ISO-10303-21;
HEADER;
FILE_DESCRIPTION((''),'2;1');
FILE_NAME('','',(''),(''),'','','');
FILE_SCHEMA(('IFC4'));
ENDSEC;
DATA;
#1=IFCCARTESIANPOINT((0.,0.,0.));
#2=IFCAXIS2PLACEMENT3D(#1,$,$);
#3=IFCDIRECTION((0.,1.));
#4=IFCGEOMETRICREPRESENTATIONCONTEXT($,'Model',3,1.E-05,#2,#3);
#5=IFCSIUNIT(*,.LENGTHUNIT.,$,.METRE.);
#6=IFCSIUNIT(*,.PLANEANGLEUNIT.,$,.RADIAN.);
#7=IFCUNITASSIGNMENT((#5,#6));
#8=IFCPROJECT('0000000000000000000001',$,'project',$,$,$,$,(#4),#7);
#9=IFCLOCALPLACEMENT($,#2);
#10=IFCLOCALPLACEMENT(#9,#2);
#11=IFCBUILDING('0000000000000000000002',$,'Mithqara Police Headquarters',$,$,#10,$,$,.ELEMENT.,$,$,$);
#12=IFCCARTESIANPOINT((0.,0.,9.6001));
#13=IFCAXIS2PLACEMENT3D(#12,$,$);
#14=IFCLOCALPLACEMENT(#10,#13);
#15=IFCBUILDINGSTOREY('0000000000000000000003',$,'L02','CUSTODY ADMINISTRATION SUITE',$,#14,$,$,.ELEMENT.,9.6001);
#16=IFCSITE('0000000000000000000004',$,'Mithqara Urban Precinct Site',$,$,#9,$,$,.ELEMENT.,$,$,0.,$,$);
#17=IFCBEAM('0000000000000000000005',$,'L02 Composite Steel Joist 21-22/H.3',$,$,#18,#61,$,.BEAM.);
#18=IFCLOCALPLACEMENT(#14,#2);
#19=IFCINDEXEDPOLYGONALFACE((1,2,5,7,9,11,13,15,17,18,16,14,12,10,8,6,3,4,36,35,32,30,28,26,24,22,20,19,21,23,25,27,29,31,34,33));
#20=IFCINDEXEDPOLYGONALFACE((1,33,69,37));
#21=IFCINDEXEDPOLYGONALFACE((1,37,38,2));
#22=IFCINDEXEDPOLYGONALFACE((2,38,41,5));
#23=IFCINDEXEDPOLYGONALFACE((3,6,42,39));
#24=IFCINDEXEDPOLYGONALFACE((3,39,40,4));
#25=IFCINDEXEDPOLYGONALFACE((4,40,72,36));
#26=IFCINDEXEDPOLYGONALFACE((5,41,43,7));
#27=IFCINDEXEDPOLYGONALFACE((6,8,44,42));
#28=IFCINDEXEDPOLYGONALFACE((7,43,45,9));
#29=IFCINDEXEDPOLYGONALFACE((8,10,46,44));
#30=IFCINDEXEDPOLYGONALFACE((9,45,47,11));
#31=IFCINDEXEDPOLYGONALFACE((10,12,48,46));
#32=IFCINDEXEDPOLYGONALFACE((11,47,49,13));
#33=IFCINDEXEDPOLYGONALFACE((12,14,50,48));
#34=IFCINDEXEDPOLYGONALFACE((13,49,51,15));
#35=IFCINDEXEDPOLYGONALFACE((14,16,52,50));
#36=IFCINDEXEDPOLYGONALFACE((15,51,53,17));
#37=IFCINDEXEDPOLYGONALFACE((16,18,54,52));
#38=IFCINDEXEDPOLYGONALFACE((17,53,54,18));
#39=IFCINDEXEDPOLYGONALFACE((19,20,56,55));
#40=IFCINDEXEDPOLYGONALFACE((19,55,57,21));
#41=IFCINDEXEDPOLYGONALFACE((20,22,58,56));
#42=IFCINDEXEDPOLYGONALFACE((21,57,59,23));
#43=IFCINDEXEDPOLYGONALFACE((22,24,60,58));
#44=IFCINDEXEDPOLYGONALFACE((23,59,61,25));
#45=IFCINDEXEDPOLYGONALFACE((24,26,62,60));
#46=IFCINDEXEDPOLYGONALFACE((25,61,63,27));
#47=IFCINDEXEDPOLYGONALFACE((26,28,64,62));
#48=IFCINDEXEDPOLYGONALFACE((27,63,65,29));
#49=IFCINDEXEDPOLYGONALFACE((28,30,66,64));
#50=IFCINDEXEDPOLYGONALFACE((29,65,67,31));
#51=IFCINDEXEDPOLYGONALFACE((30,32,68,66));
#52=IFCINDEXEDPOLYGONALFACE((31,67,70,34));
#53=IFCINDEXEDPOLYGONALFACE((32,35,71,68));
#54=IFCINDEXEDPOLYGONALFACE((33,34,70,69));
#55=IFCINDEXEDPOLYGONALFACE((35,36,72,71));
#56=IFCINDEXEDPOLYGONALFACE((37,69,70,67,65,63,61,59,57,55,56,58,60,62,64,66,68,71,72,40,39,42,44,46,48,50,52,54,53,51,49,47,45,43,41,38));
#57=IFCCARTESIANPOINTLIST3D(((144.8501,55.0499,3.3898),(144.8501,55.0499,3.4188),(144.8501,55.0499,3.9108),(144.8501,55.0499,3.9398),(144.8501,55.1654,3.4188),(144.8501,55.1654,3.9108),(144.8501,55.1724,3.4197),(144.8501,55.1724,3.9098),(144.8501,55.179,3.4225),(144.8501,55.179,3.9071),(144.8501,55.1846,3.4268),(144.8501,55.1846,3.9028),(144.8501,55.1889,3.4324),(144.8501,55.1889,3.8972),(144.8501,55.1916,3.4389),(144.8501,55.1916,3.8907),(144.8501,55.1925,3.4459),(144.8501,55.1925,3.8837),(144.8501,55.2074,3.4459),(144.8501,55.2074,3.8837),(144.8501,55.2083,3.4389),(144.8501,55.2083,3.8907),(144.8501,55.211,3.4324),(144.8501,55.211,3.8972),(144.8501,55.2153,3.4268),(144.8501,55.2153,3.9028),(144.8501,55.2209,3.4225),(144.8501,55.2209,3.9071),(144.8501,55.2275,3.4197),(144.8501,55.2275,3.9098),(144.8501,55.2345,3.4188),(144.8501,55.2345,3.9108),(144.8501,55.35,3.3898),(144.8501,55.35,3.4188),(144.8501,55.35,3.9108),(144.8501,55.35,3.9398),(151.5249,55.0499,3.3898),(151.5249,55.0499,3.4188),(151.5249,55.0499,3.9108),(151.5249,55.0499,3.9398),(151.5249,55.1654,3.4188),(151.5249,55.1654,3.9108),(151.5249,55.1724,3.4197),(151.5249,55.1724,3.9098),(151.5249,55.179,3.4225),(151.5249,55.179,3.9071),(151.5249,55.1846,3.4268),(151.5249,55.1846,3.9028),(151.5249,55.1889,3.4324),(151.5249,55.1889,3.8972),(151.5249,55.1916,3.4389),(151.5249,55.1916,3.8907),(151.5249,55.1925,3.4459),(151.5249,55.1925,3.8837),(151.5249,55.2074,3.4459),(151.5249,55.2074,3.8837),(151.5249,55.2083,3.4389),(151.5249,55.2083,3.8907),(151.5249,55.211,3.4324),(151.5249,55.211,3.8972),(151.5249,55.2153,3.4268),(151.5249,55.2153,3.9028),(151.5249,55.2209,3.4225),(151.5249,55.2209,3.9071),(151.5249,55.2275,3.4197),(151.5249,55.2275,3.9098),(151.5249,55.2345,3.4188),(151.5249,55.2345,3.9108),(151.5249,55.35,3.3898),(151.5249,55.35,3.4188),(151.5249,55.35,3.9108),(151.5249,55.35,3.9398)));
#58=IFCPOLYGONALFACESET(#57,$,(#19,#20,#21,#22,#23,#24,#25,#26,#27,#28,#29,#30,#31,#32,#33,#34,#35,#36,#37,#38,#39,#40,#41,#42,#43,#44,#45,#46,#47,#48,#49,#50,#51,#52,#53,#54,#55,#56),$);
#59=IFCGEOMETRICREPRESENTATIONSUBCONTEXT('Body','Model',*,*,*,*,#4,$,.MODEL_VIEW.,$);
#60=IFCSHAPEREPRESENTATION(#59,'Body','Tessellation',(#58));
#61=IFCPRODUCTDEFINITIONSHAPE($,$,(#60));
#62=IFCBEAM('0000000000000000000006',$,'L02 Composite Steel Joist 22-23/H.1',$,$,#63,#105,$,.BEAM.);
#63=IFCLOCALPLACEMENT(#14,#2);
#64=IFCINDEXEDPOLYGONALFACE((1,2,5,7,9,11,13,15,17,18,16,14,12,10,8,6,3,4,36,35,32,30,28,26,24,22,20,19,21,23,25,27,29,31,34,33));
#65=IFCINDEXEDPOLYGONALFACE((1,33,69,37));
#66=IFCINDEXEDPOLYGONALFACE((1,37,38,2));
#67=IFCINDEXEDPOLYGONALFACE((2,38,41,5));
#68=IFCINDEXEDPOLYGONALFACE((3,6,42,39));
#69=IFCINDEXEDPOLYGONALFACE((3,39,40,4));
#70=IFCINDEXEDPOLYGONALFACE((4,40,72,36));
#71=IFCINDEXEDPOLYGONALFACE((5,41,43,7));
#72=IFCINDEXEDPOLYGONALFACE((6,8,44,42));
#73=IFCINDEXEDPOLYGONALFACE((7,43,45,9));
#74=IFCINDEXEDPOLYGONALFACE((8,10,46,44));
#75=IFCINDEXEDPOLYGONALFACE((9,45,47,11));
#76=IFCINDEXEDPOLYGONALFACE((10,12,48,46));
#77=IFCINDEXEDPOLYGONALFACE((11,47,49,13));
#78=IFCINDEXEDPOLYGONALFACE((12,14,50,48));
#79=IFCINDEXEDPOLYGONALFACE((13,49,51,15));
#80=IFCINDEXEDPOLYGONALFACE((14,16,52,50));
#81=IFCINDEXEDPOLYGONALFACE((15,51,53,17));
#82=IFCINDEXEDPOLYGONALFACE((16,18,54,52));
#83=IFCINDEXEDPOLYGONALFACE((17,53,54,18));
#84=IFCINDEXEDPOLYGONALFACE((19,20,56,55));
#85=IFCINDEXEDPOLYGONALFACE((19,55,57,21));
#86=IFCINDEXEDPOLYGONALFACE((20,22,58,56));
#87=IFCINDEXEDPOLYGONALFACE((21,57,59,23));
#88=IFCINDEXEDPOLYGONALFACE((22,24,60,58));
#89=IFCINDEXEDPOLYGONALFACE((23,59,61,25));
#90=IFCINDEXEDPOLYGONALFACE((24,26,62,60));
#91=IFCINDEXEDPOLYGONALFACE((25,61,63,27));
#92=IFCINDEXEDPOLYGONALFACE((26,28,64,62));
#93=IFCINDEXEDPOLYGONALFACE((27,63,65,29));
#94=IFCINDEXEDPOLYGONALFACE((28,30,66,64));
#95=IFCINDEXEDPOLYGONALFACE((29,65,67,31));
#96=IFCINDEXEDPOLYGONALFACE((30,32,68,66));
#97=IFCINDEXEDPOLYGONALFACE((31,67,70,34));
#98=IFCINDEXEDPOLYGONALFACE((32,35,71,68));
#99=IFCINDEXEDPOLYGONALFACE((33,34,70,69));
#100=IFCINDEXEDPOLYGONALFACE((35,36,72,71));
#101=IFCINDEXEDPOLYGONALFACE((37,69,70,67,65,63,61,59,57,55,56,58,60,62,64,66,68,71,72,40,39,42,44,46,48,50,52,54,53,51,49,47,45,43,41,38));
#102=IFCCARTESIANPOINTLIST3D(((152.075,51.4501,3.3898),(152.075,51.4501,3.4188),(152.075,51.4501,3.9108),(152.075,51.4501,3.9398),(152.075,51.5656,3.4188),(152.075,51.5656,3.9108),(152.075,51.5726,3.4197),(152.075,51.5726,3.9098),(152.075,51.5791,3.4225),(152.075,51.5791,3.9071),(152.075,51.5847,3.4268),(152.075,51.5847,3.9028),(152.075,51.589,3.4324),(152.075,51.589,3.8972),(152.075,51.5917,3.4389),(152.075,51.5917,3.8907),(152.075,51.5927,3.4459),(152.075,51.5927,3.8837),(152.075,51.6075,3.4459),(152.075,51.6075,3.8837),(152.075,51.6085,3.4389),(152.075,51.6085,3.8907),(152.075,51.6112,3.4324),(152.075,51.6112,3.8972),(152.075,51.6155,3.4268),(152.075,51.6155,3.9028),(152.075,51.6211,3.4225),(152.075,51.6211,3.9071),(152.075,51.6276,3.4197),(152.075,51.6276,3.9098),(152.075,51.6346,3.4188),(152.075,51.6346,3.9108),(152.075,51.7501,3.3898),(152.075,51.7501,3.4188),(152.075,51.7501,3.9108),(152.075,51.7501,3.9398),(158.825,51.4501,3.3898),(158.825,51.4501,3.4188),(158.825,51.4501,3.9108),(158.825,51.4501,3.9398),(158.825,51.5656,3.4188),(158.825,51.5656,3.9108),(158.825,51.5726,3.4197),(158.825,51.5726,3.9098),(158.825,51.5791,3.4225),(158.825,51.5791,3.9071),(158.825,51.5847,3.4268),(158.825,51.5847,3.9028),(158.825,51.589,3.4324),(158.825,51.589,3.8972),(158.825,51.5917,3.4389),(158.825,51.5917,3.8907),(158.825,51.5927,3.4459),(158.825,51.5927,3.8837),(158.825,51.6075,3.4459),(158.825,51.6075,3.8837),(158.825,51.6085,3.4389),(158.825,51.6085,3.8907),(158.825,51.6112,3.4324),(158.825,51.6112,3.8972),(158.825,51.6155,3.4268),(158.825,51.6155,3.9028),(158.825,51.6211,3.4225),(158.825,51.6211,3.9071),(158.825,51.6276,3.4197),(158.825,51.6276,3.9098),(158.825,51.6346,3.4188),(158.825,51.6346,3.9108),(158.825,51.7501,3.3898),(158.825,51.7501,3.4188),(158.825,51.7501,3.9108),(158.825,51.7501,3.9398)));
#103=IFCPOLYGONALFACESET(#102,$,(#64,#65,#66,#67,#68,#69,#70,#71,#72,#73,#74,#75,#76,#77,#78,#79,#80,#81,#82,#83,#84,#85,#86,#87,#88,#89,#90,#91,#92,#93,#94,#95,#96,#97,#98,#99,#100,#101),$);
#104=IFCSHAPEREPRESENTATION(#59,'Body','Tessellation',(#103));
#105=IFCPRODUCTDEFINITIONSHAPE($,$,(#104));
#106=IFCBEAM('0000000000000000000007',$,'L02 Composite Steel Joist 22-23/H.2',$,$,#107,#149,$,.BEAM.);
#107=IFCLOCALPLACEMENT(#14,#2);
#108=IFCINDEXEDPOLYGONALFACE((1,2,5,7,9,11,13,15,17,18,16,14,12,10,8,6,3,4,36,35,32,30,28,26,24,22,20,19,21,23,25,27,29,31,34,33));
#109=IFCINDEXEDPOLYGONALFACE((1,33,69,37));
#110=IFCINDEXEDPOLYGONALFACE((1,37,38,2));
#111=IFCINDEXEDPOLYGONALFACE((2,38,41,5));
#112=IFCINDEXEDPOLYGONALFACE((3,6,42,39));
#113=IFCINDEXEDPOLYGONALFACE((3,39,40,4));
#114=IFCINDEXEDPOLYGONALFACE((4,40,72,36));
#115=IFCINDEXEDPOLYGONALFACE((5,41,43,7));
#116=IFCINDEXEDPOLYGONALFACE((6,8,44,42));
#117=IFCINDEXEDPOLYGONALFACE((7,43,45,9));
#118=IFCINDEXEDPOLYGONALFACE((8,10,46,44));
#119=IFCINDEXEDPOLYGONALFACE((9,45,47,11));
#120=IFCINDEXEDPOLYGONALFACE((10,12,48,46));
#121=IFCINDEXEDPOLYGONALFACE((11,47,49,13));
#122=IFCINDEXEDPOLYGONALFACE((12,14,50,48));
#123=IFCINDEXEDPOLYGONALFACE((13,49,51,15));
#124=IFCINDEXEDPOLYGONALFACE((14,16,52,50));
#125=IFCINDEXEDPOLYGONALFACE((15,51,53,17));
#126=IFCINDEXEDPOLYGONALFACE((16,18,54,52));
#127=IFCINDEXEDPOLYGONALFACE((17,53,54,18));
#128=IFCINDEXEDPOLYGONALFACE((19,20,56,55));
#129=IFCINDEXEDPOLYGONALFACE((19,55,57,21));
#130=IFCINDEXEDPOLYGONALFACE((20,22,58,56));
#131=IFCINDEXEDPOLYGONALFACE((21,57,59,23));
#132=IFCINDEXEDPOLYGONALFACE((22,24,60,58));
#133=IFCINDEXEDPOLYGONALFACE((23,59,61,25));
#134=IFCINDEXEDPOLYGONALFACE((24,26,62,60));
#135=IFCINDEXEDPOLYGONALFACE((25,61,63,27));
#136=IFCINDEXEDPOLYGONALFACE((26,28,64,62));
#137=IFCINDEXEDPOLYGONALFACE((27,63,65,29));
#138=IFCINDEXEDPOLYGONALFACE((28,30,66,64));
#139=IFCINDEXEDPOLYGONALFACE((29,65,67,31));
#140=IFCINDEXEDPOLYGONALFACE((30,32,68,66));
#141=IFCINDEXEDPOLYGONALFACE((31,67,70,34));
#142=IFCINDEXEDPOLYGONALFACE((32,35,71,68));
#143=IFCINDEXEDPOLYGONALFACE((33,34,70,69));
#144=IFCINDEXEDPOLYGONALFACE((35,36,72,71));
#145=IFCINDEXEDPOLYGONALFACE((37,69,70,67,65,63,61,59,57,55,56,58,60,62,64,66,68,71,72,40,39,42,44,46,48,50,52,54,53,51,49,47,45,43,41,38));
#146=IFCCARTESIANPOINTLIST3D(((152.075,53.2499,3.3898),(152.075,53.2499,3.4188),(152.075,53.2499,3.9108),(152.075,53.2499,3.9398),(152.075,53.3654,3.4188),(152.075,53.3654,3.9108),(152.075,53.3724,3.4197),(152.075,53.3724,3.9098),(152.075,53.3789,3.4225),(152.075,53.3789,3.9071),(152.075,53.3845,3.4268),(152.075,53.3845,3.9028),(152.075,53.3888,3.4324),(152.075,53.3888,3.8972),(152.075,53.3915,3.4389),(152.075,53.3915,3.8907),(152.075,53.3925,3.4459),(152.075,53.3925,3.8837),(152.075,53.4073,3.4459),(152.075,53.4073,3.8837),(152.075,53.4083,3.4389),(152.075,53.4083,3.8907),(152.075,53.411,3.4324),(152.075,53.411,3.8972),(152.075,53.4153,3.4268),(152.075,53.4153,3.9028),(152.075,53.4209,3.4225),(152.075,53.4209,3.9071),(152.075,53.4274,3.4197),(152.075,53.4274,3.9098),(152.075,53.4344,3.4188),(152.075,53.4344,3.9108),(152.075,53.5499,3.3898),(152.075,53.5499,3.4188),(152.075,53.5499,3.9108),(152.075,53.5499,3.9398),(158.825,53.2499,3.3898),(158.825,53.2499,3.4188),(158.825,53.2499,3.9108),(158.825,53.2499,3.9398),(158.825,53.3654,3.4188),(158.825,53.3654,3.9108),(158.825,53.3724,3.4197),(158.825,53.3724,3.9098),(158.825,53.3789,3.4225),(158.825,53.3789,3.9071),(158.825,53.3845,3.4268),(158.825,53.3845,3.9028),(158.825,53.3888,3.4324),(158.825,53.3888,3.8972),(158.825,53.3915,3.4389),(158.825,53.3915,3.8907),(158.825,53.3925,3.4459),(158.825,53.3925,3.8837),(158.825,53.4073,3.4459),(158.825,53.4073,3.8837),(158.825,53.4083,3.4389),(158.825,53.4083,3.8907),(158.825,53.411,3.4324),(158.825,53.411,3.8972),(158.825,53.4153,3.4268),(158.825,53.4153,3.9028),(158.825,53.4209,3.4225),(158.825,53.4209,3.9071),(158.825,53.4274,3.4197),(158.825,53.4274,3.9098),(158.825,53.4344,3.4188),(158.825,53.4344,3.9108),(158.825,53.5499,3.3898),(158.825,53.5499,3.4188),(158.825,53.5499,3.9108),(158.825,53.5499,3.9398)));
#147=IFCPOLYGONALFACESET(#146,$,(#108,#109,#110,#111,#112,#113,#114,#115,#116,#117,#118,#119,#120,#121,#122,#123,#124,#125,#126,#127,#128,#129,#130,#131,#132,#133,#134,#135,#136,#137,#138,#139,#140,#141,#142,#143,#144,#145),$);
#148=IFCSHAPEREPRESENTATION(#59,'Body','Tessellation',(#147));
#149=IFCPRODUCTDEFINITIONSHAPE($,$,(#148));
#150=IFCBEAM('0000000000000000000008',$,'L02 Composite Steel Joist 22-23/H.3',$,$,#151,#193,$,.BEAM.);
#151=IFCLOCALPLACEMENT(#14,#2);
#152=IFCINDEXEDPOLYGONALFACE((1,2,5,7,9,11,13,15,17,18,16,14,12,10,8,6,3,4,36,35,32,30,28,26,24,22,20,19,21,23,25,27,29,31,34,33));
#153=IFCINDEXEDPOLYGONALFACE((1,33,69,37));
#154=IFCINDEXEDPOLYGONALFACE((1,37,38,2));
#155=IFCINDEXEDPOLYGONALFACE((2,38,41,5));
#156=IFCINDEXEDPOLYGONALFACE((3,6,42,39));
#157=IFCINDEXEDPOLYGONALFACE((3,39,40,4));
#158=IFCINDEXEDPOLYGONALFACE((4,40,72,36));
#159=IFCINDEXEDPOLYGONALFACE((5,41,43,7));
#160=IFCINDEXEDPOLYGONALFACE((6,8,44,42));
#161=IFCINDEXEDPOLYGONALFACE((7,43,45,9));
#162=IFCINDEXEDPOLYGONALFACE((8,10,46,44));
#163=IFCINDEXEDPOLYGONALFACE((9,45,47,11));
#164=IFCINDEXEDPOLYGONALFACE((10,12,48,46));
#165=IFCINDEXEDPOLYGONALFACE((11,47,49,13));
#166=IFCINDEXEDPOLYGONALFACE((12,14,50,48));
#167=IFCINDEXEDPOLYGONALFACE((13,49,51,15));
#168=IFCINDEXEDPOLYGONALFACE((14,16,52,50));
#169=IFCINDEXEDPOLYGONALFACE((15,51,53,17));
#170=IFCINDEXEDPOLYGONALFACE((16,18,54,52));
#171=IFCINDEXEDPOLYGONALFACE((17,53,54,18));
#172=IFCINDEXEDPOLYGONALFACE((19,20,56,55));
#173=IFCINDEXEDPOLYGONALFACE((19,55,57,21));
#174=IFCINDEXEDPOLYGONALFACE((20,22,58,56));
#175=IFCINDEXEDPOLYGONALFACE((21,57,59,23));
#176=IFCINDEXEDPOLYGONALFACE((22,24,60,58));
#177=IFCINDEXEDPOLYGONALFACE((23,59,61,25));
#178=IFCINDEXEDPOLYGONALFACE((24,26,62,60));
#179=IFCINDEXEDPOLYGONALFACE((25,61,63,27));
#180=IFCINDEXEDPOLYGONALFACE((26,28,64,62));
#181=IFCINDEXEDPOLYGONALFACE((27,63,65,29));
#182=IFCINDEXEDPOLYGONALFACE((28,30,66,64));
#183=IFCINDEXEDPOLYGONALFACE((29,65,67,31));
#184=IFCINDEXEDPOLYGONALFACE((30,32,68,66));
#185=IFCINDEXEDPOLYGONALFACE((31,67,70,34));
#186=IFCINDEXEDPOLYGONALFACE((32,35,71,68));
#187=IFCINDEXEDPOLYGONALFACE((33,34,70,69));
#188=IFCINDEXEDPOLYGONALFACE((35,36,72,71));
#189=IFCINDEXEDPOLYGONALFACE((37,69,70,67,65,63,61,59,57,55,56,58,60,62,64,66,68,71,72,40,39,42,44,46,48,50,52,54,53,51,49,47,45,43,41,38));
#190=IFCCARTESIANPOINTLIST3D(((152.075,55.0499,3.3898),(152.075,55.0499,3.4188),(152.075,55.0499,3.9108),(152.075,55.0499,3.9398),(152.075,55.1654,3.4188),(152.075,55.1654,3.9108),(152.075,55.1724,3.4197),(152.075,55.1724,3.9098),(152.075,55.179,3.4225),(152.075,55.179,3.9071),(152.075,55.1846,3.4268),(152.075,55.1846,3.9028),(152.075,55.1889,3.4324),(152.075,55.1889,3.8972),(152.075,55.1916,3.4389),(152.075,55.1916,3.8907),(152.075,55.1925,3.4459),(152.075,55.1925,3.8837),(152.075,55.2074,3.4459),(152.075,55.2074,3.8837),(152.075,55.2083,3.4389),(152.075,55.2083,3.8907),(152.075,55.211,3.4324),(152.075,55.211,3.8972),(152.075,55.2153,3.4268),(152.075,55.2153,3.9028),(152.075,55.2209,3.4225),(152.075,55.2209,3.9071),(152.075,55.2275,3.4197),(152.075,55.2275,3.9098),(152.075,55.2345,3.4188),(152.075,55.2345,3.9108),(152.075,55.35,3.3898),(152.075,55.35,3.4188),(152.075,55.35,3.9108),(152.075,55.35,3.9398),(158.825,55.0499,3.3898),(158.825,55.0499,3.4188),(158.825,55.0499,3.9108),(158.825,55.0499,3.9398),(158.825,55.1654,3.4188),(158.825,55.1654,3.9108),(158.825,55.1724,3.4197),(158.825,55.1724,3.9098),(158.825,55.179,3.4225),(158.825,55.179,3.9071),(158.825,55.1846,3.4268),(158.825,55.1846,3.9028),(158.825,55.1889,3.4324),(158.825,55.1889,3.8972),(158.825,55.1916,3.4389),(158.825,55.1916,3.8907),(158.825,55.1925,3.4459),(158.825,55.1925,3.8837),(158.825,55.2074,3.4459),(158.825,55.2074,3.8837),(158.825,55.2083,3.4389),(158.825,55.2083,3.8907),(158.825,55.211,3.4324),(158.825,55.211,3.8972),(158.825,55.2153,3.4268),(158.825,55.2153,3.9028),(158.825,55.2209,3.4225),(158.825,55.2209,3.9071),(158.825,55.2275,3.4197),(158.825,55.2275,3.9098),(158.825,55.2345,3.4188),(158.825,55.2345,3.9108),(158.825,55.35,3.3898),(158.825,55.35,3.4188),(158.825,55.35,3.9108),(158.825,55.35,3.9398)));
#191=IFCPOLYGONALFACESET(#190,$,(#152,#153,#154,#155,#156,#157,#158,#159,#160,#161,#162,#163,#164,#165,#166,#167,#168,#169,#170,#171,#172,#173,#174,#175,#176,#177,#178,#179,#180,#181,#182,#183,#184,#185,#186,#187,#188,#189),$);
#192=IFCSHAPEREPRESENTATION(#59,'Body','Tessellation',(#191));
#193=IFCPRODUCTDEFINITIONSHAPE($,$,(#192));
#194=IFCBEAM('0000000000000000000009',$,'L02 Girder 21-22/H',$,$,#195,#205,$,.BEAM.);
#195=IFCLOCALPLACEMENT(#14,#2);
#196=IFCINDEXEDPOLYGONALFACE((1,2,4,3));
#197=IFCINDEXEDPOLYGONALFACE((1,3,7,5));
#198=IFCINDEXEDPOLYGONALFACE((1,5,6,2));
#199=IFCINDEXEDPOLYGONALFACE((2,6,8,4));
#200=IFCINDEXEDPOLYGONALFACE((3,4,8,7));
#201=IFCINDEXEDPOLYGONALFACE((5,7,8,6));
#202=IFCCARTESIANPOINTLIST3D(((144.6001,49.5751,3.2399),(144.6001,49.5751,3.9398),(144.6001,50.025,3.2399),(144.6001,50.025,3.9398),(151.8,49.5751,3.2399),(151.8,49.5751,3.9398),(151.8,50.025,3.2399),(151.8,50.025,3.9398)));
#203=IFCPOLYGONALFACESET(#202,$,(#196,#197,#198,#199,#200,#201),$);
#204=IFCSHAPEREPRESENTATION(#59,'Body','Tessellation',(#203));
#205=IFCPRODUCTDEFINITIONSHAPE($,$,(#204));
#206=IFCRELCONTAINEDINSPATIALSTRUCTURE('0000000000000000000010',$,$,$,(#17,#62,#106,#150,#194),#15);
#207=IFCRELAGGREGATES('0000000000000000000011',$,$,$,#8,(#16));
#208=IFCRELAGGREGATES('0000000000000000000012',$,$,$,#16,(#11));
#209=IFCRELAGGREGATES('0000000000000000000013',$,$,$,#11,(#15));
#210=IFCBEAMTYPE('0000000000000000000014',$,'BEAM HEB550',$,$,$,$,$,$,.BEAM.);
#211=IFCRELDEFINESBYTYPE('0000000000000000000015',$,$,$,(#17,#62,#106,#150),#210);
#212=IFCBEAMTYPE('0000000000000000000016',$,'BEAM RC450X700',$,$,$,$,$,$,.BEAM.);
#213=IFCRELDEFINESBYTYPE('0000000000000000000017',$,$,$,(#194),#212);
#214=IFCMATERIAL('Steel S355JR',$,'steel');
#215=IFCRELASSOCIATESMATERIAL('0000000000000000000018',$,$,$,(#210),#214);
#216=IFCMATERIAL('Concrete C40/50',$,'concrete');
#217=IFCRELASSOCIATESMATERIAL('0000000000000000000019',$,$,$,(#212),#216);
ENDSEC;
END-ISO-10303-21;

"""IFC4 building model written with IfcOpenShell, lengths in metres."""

from ifc_helpers import new_model, si_unit, direction, frame, origin, origin_2d, place, context, subcontext, project, spatial, rectangle, i_section, extrude, material, material_profile, profile_set, type_object, element, save


model = new_model("IFC4")

# Units and contexts
model_context = context("Model", 3, precision=1e-05, world=origin(), true_north=direction((0.0, 1.0)))
body_context = subcontext(model_context, "Body", "Model", "MODEL_VIEW")
ifc_project = project(units=[si_unit("LENGTHUNIT", "METRE"), si_unit("PLANEANGLEUNIT", "RADIAN")], contexts=[model_context])

# Site, building, storey
site_placement = place(None, origin())
site = spatial("IfcSite", under=ifc_project, at=site_placement, Name="Mithqara Urban Precinct Site", CompositionType="ELEMENT", RefElevation=0.0)
building_placement = place(site_placement, origin())
building = spatial("IfcBuilding", under=site, at=building_placement, Name="Mithqara Police Headquarters", CompositionType="ELEMENT")
storey_placement = place(building_placement, frame((0.0, 0.0, 9.6001)))
storey = spatial("IfcBuildingStorey", under=building, at=storey_placement, Name="L02", Description="CUSTODY ADMINISTRATION SUITE", CompositionType="ELEMENT", Elevation=9.6001)

# Beams
ifc_material_1 = material(Name="Steel S355JR", Category="steel")
ifc_material_profile_1 = material_profile(ifc_material_1, i_section(OverallWidth=0.3, OverallDepth=0.55, WebThickness=0.0149, FlangeThickness=0.0291, FilletRadius=0.0271, at=origin_2d()), Name="HEB 550")
ifc_profile_set_1 = profile_set([ifc_material_profile_1], Name="Steel S355JR")
beam_type_1 = type_object("IfcBeamType", Name="BEAM HEB550", PredefinedType="BEAM", material=ifc_profile_set_1)
for number, where, z_axis, x_axis, name in (
    (1, (144.8501, 55.2, 3.6648), (1.0, 0.0, 0.0), (0.0, 1.0, 0.0), "L02 Composite Steel Joist 21-22/H.3"),
):
    element("IfcBeam", number, at=place(storey_placement, frame(where, z_axis=z_axis, x_axis=x_axis)), inside=storey, type_object=beam_type_1, Name=name, PredefinedType="BEAM", context=body_context, shape_type="SweptSolid", body=[
        extrude(i_section(OverallWidth=0.3, OverallDepth=0.55, WebThickness=0.0149, FlangeThickness=0.0291, FilletRadius=0.0271, at=origin_2d()), origin(), (0.0, 0.0, 1.0), 6.6748),
    ])
for number, where, z_axis, x_axis, name in (
    (2, (152.075, 51.6001, 3.6648), (1.0, 0.0, 0.0), (0.0, 1.0, 0.0), "L02 Composite Steel Joist 22-23/H.1"),
    (3, (152.075, 53.3999, 3.6648), (1.0, 0.0, 0.0), (0.0, 1.0, 0.0), "L02 Composite Steel Joist 22-23/H.2"),
    (4, (152.075, 55.2, 3.6648), (1.0, 0.0, 0.0), (0.0, 1.0, 0.0), "L02 Composite Steel Joist 22-23/H.3"),
):
    element("IfcBeam", number, at=place(storey_placement, frame(where, z_axis=z_axis, x_axis=x_axis)), inside=storey, type_object=beam_type_1, Name=name, PredefinedType="BEAM", context=body_context, shape_type="SweptSolid", body=[
        extrude(i_section(OverallWidth=0.3, OverallDepth=0.55, WebThickness=0.0149, FlangeThickness=0.0291, FilletRadius=0.0271, at=origin_2d()), origin(), (0.0, 0.0, 1.0), 6.75),
    ])
ifc_material_2 = material(Name="Concrete C40/50", Category="concrete")
ifc_material_profile_2 = material_profile(ifc_material_2, rectangle(XDim=0.45, YDim=0.7, at=origin_2d()), Name="RC 450x700")
ifc_profile_set_2 = profile_set([ifc_material_profile_2], Name="Concrete C40/50")
beam_type_2 = type_object("IfcBeamType", Name="BEAM RC450X700", PredefinedType="BEAM", material=ifc_profile_set_2)
beam_1_placement = place(storey_placement, frame((144.6001, 49.8, 3.5898), z_axis=(1.0, 0.0, 0.0), x_axis=(0.0, 1.0, 0.0)))
element("IfcBeam", 5, at=beam_1_placement, inside=storey, type_object=beam_type_2, Name="L02 Girder 21-22/H", PredefinedType="BEAM", context=body_context, shape_type="SweptSolid", body=[
    extrude(rectangle(XDim=0.45, YDim=0.7, at=origin_2d()), origin(), (0.0, 0.0, 1.0), 7.2),
])

save(model, "model.ifc")
